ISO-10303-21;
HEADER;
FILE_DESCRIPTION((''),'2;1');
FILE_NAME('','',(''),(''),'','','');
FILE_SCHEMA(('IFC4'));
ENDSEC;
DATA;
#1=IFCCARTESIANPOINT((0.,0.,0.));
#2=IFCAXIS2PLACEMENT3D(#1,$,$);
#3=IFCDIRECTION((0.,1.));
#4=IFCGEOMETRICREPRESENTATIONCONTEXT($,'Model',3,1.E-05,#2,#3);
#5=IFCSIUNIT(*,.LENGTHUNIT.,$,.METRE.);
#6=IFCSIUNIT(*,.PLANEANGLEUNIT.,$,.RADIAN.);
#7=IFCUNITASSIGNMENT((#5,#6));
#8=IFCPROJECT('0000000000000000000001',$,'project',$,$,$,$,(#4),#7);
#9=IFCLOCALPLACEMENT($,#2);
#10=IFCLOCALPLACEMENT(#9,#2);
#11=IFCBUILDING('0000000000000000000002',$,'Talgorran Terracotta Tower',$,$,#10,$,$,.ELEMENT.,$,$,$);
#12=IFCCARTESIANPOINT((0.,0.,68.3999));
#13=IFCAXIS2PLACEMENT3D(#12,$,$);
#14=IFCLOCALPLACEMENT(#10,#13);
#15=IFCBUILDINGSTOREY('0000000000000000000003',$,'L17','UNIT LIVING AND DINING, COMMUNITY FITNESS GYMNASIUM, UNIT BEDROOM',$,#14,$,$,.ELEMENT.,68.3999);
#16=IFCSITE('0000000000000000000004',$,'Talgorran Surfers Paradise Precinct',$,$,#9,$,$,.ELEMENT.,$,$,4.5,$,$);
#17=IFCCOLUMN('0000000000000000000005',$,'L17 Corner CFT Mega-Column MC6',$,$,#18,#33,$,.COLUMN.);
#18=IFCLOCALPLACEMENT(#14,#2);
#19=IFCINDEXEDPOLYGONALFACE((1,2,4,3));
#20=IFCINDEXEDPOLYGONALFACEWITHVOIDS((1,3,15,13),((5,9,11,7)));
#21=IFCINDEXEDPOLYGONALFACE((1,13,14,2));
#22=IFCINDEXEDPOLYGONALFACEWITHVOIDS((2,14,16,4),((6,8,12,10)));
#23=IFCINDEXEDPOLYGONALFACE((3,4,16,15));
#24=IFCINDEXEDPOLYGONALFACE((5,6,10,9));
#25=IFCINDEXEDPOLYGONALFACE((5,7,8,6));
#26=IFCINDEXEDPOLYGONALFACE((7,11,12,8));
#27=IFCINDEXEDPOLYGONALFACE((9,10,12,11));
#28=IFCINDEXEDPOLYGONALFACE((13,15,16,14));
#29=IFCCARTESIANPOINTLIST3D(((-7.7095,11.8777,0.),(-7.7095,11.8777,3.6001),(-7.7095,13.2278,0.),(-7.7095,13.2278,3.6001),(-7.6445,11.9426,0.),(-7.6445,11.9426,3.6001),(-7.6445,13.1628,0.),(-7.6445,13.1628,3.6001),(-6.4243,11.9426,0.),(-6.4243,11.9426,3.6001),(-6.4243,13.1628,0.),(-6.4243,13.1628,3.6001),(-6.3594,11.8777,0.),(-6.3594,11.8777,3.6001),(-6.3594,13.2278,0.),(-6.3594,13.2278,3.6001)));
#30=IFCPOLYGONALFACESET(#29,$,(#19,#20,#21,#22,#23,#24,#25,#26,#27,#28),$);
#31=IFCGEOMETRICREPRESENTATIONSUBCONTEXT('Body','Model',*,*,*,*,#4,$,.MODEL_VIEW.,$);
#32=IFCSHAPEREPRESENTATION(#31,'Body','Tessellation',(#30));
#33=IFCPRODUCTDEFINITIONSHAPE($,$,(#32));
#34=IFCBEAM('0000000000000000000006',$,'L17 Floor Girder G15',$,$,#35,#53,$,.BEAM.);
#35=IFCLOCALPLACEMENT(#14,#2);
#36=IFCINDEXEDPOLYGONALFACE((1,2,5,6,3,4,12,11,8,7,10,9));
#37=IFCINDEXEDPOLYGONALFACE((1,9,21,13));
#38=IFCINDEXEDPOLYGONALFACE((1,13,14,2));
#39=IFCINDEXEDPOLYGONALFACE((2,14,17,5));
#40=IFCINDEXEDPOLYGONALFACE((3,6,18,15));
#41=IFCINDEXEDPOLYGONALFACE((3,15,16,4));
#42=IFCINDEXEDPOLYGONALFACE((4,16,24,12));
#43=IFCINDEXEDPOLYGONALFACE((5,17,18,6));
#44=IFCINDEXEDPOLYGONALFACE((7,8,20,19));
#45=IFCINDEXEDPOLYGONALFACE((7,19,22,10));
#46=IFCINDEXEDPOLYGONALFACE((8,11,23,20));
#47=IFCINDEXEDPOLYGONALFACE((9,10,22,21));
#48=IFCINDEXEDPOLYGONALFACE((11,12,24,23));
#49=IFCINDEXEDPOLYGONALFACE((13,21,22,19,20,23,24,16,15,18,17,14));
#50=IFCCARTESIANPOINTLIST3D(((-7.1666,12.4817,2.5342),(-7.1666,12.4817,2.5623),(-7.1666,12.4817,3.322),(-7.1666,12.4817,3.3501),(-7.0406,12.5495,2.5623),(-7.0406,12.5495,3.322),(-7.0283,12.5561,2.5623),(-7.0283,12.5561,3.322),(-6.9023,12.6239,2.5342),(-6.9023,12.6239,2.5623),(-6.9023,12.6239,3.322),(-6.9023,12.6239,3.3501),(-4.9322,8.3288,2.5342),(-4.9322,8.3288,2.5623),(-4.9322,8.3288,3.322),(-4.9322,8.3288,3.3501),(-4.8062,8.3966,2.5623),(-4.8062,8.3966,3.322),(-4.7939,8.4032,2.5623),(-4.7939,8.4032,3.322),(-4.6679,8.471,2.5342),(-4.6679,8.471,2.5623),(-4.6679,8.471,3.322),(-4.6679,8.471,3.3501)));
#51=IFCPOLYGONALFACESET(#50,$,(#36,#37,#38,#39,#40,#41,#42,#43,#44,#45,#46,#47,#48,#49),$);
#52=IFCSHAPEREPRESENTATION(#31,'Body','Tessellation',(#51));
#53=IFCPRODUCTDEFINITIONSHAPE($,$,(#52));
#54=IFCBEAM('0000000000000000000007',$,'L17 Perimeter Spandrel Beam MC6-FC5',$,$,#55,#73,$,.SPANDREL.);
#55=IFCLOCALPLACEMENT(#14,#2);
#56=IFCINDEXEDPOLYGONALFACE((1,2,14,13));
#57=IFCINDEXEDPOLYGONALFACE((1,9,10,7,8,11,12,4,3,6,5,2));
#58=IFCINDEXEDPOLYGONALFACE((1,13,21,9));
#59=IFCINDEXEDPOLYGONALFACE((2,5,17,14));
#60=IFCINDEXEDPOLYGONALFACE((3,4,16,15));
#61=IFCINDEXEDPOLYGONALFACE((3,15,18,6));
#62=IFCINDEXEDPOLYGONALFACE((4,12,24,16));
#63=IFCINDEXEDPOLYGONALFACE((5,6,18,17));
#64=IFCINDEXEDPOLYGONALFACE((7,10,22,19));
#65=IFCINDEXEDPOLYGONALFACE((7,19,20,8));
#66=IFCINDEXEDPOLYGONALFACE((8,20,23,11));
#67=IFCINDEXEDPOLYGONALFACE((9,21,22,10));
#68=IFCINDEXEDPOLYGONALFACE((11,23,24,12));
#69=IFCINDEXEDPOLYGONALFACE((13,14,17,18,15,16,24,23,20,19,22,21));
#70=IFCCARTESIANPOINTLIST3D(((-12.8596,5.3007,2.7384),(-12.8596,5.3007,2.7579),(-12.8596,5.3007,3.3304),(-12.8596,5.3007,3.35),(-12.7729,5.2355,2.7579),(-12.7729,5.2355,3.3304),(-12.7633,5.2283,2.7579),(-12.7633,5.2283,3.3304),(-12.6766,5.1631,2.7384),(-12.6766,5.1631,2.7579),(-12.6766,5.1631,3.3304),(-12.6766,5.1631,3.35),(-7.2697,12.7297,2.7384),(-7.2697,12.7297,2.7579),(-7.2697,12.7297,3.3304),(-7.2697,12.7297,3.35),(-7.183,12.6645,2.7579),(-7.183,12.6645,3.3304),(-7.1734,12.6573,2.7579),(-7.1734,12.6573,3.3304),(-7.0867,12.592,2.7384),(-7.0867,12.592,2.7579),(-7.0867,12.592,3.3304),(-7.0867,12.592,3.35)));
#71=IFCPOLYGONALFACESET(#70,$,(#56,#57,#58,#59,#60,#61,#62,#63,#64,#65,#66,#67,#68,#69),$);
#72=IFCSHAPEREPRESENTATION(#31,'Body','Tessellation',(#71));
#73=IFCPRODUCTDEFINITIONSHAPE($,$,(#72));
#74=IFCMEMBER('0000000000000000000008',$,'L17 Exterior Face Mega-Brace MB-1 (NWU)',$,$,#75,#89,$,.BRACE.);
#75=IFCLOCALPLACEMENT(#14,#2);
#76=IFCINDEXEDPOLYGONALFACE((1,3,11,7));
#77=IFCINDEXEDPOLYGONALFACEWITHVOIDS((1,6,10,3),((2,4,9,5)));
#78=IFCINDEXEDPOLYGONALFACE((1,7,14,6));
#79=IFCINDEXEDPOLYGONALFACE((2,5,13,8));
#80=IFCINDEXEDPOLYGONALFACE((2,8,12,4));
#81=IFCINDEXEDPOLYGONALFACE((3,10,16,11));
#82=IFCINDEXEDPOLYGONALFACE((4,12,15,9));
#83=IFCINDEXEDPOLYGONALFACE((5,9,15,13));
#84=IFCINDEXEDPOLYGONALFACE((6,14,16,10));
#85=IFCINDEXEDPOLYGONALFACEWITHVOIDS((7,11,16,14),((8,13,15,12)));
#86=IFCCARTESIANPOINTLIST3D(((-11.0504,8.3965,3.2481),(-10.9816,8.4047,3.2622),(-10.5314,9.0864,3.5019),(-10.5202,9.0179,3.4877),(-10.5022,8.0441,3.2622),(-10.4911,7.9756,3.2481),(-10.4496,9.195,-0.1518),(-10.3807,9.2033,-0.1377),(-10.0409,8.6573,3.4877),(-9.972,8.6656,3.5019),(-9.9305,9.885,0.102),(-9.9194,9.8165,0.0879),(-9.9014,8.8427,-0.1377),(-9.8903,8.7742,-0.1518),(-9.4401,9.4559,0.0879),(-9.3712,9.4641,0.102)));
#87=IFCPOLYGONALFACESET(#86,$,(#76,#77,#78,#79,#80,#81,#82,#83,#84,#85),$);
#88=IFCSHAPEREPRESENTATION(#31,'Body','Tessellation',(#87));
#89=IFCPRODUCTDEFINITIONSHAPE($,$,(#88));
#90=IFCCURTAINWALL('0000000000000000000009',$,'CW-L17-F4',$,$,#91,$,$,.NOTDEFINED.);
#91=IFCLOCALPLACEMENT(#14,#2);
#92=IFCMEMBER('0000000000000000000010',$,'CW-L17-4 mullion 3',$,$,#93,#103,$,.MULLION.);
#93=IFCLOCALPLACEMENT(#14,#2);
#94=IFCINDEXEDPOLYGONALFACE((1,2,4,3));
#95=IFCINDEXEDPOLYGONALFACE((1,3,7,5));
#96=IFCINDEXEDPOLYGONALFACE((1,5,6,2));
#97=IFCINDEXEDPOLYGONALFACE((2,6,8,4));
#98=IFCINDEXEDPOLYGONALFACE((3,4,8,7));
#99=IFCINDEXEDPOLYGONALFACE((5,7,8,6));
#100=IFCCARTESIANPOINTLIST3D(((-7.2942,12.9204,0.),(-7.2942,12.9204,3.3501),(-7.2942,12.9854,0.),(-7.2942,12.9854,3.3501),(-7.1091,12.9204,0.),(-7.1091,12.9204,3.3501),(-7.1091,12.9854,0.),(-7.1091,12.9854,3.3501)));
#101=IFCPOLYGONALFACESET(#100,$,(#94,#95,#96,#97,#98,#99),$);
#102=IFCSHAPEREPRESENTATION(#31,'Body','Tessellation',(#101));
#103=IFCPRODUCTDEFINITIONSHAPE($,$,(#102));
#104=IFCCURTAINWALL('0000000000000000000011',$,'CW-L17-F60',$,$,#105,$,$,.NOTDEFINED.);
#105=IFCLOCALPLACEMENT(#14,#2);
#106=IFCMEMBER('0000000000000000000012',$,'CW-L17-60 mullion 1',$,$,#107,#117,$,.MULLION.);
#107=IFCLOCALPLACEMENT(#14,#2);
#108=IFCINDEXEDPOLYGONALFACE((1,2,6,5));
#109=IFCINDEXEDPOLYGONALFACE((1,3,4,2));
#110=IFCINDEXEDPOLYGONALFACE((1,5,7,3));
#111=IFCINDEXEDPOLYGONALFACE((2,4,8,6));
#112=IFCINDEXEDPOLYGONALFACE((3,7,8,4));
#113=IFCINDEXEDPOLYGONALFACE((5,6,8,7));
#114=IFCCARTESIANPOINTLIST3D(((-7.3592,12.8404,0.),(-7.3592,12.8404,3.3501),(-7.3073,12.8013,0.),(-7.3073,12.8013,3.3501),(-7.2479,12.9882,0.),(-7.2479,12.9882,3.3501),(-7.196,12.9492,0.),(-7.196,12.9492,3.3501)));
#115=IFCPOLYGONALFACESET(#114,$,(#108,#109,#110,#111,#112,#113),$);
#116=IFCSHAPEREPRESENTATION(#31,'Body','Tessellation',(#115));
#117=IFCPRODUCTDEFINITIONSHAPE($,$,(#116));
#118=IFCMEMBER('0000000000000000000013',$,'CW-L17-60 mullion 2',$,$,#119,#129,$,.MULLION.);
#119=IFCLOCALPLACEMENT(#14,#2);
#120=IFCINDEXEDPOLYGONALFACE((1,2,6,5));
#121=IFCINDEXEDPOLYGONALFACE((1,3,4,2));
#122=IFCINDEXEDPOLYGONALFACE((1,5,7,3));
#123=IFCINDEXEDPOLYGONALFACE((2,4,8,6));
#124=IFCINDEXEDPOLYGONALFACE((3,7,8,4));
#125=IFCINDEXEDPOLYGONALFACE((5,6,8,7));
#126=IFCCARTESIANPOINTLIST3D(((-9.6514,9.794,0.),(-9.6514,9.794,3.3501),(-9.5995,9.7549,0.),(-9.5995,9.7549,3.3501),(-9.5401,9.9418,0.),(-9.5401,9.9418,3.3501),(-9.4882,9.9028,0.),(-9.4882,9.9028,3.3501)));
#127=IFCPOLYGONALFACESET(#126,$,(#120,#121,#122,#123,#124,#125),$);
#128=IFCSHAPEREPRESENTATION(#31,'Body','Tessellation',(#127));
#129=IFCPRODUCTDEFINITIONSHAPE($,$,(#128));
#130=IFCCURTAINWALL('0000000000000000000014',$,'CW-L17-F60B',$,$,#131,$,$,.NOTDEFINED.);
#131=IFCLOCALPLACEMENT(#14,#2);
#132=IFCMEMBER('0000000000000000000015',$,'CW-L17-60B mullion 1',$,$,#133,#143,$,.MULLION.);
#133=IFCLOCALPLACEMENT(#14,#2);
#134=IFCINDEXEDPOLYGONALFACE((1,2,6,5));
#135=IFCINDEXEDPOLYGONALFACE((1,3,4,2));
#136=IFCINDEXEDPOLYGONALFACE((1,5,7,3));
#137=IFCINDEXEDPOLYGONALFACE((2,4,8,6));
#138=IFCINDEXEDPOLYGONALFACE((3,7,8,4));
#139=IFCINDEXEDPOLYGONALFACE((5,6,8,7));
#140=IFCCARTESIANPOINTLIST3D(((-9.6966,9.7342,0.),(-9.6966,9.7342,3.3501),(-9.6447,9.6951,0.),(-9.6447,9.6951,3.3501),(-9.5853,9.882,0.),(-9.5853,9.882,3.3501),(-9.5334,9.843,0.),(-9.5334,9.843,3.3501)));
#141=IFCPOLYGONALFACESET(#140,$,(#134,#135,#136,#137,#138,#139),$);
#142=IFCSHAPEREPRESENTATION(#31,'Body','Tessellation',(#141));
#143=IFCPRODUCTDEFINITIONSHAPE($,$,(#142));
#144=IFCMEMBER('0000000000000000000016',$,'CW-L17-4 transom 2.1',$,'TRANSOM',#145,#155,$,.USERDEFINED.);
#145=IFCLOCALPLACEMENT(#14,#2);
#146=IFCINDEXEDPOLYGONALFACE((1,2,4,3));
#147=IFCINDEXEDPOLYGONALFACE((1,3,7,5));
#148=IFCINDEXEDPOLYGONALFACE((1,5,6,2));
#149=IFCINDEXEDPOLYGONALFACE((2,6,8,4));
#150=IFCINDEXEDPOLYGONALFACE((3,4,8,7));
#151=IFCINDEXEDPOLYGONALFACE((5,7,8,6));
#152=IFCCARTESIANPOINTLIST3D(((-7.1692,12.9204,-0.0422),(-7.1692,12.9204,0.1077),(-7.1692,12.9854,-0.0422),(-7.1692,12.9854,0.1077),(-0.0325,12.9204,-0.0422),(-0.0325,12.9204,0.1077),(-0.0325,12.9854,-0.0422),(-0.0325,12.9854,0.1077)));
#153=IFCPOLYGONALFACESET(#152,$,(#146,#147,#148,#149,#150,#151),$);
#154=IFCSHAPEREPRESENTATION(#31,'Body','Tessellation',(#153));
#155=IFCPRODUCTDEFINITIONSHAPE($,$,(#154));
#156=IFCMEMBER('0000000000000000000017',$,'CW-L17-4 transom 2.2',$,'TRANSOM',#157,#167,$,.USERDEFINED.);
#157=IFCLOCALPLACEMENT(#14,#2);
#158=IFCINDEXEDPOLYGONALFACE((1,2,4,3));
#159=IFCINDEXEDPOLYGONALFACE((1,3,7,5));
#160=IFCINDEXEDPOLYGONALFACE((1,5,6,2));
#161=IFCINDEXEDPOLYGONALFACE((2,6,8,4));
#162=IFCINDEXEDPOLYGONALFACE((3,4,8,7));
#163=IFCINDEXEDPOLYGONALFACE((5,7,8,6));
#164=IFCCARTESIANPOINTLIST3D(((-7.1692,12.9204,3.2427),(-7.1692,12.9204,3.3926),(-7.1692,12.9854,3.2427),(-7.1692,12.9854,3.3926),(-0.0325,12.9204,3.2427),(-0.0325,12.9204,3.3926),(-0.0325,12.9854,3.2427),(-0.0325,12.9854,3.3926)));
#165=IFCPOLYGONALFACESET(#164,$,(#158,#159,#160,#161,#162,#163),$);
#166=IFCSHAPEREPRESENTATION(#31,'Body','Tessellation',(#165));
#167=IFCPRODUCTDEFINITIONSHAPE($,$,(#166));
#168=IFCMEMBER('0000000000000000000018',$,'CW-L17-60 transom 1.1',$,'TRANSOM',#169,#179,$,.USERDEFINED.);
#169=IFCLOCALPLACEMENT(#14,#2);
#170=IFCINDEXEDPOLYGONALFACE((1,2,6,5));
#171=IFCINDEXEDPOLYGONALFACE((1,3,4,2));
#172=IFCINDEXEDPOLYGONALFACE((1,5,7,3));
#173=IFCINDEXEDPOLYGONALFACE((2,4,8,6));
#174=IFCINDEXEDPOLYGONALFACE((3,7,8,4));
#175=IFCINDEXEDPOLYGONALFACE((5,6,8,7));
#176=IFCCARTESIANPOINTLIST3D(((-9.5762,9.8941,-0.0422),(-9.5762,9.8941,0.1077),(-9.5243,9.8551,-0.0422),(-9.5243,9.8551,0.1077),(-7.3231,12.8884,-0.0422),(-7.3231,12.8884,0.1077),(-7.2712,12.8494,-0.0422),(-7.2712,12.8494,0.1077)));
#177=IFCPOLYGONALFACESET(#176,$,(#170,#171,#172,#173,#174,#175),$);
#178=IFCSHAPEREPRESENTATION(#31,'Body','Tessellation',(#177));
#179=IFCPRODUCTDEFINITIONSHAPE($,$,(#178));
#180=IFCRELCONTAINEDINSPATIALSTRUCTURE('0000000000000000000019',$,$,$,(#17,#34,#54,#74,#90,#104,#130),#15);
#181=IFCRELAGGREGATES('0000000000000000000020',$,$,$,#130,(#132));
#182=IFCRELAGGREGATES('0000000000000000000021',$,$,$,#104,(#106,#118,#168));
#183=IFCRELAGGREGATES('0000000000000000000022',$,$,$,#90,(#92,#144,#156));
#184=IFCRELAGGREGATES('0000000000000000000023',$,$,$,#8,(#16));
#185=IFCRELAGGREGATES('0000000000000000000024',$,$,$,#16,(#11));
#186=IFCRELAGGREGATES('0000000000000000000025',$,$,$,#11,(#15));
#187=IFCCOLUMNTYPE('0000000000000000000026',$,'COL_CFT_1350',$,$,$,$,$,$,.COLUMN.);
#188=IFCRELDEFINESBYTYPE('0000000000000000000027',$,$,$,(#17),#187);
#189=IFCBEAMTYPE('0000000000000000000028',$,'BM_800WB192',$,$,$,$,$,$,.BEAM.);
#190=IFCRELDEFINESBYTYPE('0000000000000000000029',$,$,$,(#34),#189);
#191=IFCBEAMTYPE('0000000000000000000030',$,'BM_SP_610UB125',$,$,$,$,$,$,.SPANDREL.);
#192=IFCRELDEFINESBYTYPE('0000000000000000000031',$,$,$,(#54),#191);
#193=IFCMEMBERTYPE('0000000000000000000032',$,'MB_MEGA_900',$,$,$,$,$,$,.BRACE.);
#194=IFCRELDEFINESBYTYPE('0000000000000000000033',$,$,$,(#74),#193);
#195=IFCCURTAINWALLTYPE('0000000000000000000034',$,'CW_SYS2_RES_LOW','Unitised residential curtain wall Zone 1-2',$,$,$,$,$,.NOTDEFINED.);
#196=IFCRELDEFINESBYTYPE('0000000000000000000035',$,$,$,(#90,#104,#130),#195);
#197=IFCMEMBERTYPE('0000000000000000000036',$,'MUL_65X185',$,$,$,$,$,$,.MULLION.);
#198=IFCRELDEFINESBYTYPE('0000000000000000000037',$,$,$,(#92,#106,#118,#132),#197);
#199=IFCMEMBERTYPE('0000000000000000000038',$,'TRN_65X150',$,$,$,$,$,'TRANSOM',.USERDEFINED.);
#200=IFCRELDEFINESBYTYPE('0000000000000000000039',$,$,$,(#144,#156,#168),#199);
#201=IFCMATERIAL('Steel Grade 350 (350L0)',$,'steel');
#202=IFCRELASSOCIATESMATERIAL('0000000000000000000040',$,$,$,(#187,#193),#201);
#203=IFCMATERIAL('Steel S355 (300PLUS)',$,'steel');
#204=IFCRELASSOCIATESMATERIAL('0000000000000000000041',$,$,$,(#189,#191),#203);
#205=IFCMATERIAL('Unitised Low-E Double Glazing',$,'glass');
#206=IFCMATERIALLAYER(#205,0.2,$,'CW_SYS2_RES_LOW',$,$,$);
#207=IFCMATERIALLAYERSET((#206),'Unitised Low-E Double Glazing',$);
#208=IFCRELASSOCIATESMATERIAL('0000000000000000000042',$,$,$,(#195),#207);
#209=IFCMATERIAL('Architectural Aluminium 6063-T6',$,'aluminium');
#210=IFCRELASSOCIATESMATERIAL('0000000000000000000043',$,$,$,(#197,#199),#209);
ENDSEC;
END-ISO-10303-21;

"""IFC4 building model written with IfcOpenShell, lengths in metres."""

from ifc_helpers import new_model, si_unit, direction, frame, origin, origin_2d, place, context, subcontext, project, spatial, rectangle, hollow_rectangle, i_section, extrude, material, layer, layer_set, material_profile, profile_set, type_object, element, aggregate, save


model = new_model("IFC4")

# Units and contexts
model_context = context("Model", 3, precision=1e-05, world=origin(), true_north=direction((0.0, 1.0)))
body_context = subcontext(model_context, "Body", "Model", "MODEL_VIEW")
ifc_project = project(units=[si_unit("LENGTHUNIT", "METRE"), si_unit("PLANEANGLEUNIT", "RADIAN")], contexts=[model_context])

# Site, building, storey
site_placement = place(None, origin())
site = spatial("IfcSite", under=ifc_project, at=site_placement, Name="Talgorran Surfers Paradise Precinct", CompositionType="ELEMENT", RefElevation=4.5)
building_placement = place(site_placement, origin())
building = spatial("IfcBuilding", under=site, at=building_placement, Name="Talgorran Terracotta Tower", CompositionType="ELEMENT")
storey_placement = place(building_placement, frame((0.0, 0.0, 68.3999)))
storey = spatial("IfcBuildingStorey", under=building, at=storey_placement, Name="L17", Description="UNIT LIVING AND DINING, COMMUNITY FITNESS GYMNASIUM, UNIT BEDROOM", CompositionType="ELEMENT", Elevation=68.3999)

# Column
ifc_material_1 = material(Name="Steel Grade 350 (350L0)", Category="steel")
ifc_material_profile_1 = material_profile(ifc_material_1, hollow_rectangle(XDim=1.3501, YDim=1.3501, WallThickness=0.0649, at=origin_2d()), Name="CFT1350X1350X65")
ifc_profile_set_1 = profile_set([ifc_material_profile_1], Name="Steel Grade 350 (350L0)")
column_type = type_object("IfcColumnType", Name="COL_CFT_1350", PredefinedType="COLUMN", material=ifc_profile_set_1)
column_placement = place(storey_placement, frame((-7.0344, 12.5527, 0.0), z_axis=(0.0, 0.0, 1.0), x_axis=(1.0, 0.0, 0.0)))
element("IfcColumn", 1, at=column_placement, inside=storey, type_object=column_type, Name="L17 Corner CFT Mega-Column MC6", PredefinedType="COLUMN", context=body_context, shape_type="SweptSolid", body=[
    extrude(hollow_rectangle(XDim=1.3501, YDim=1.3501, WallThickness=0.0649, at=origin_2d()), origin(), (0.0, 0.0, 1.0), 3.6001),
])

# Beams
ifc_material_2 = material(Name="Steel S355 (300PLUS)", Category="steel")
ifc_material_profile_2 = material_profile(ifc_material_2, i_section(OverallWidth=0.3, OverallDepth=0.8159, WebThickness=0.0139, FlangeThickness=0.0281, at=origin_2d()), Name="800WB192")
ifc_profile_set_2 = profile_set([ifc_material_profile_2], Name="Steel S355 (300PLUS)")
beam_type_1 = type_object("IfcBeamType", Name="BM_800WB192", PredefinedType="BEAM", material=ifc_profile_set_2)
beam_1_placement = place(storey_placement, frame((-4.8, 8.3999, 2.9421), z_axis=(-0.47381, 0.880627, 0.0), x_axis=(-0.880627, -0.47381, 0.0)))
element("IfcBeam", 2, at=beam_1_placement, inside=storey, type_object=beam_type_1, Name="L17 Floor Girder G15", PredefinedType="BEAM", context=body_context, shape_type="SweptSolid", body=[
    extrude(i_section(OverallWidth=0.3, OverallDepth=0.8159, WebThickness=0.0139, FlangeThickness=0.0281, at=origin_2d()), origin(), (0.0, 0.0, 1.0), 4.7158),
])
ifc_material_profile_3 = material_profile(ifc_material_2, i_section(OverallWidth=0.229, OverallDepth=0.6116, WebThickness=0.012, FlangeThickness=0.0195, at=origin_2d()), Name="610UB125")
ifc_profile_set_3 = profile_set([ifc_material_profile_3], Name="Steel S355 (300PLUS)")
beam_type_2 = type_object("IfcBeamType", Name="BM_SP_610UB125", PredefinedType="SPANDREL", material=ifc_profile_set_3)
beam_2_placement = place(storey_placement, frame((-7.1782, 12.6609, 3.0442), z_axis=(-0.601247, -0.799063, 0.0), x_axis=(0.799063, -0.601247, 0.0)))
element("IfcBeam", 3, at=beam_2_placement, inside=storey, type_object=beam_type_2, Name="L17 Perimeter Spandrel Beam MC6-FC5", PredefinedType="SPANDREL", context=body_context, shape_type="SweptSolid", body=[
    extrude(i_section(OverallWidth=0.229, OverallDepth=0.6116, WebThickness=0.012, FlangeThickness=0.0195, at=origin_2d()), origin(), (0.0, 0.0, 1.0), 9.2971),
])

# Member
ifc_material_profile_4 = material_profile(ifc_material_1, hollow_rectangle(XDim=0.7, YDim=0.8999, WallThickness=0.05, at=origin_2d()), Name="WBOX900X700X50")
ifc_profile_set_4 = profile_set([ifc_material_profile_4], Name="Steel Grade 350 (350L0)")
member_type_1 = type_object("IfcMemberType", Name="MB_MEGA_900", PredefinedType="BRACE", material=ifc_profile_set_4)
member_1_placement = place(storey_placement, frame((-9.9104, 9.3296, -0.0249), z_axis=(-0.169547, -0.225351, 0.959412), x_axis=(0.79909, -0.601211, 0.0)))
element("IfcMember", 4, at=member_1_placement, inside=storey, type_object=member_type_1, Name="L17 Exterior Face Mega-Brace MB-1 (NWU)", PredefinedType="BRACE", context=body_context, shape_type="SweptSolid", body=[
    extrude(hollow_rectangle(XDim=0.7, YDim=0.8999, WallThickness=0.05, at=origin_2d()), origin(), (0.0, 0.0, 1.0), 3.5437),
])

# Curtain wall, member
ifc_material_3 = material(Name="Unitised Low-E Double Glazing", Category="glass")
ifc_layer_1 = layer(ifc_material_3, 0.2, Name="CW_SYS2_RES_LOW")
ifc_layer_set_1 = layer_set([ifc_layer_1], Name="Unitised Low-E Double Glazing")
curtain_wall_type = type_object("IfcCurtainWallType", Name="CW_SYS2_RES_LOW", Description="Unitised residential curtain wall Zone 1-2", PredefinedType="NOTDEFINED", material=ifc_layer_set_1)
curtain_wall_1_placement = place(storey_placement, origin())
curtain_wall_1 = element("IfcCurtainWall", 5, at=curtain_wall_1_placement, inside=storey, type_object=curtain_wall_type, Name="CW-L17-F4", PredefinedType="NOTDEFINED")
ifc_material_4 = material(Name="Architectural Aluminium 6063-T6", Category="aluminium")
ifc_material_profile_5 = material_profile(ifc_material_4, rectangle(XDim=0.0649, YDim=0.1851, at=origin_2d()), Name="CWM65X185")
ifc_profile_set_5 = profile_set([ifc_material_profile_5], Name="Architectural Aluminium 6063-T6")
member_type_2 = type_object("IfcMemberType", Name="MUL_65X185", PredefinedType="MULLION", material=ifc_profile_set_5)
member_2_placement = place(storey_placement, frame((-7.2017, 12.9529, 0.0), z_axis=(0.0, 0.0, 1.0), x_axis=(0.0, -1.0, 0.0)))
member_2 = element("IfcMember", 6, at=member_2_placement, type_object=member_type_2, Name="CW-L17-4 mullion 3", PredefinedType="MULLION", context=body_context, shape_type="SweptSolid", body=[
    extrude(rectangle(XDim=0.0649, YDim=0.1851, at=origin_2d()), origin(), (0.0, 0.0, 1.0), 3.3501),
])

# Curtain wall, members
curtain_wall_2_placement = place(storey_placement, origin())
curtain_wall_2 = element("IfcCurtainWall", 7, at=curtain_wall_2_placement, inside=storey, type_object=curtain_wall_type, Name="CW-L17-F60", PredefinedType="NOTDEFINED")
member_3_placement = place(storey_placement, frame((-7.2776, 12.8948, 0.0), z_axis=(0.0, 0.0, 1.0), x_axis=(0.799061, -0.60125, 0.0)))
member_3 = element("IfcMember", 8, at=member_3_placement, type_object=member_type_2, Name="CW-L17-60 mullion 1", PredefinedType="MULLION", context=body_context, shape_type="SweptSolid", body=[
    extrude(rectangle(XDim=0.0649, YDim=0.1851, at=origin_2d()), origin(), (0.0, 0.0, 1.0), 3.3501),
])
member_4_placement = place(storey_placement, frame((-9.5698, 9.8484, 0.0), z_axis=(0.0, 0.0, 1.0), x_axis=(0.799061, -0.60125, 0.0)))
member_4 = element("IfcMember", 9, at=member_4_placement, type_object=member_type_2, Name="CW-L17-60 mullion 2", PredefinedType="MULLION", context=body_context, shape_type="SweptSolid", body=[
    extrude(rectangle(XDim=0.0649, YDim=0.1851, at=origin_2d()), origin(), (0.0, 0.0, 1.0), 3.3501),
])

# Curtain wall, member
curtain_wall_3_placement = place(storey_placement, origin())
curtain_wall_3 = element("IfcCurtainWall", 10, at=curtain_wall_3_placement, inside=storey, type_object=curtain_wall_type, Name="CW-L17-F60B", PredefinedType="NOTDEFINED")
member_5_placement = place(storey_placement, frame((-9.615, 9.7886, 0.0), z_axis=(0.0, 0.0, 1.0), x_axis=(0.799063, -0.601248, 0.0)))
member_5 = element("IfcMember", 11, at=member_5_placement, type_object=member_type_2, Name="CW-L17-60B mullion 1", PredefinedType="MULLION", context=body_context, shape_type="SweptSolid", body=[
    extrude(rectangle(XDim=0.0649, YDim=0.1851, at=origin_2d()), origin(), (0.0, 0.0, 1.0), 3.3501),
])

# Members
ifc_material_profile_6 = material_profile(ifc_material_4, rectangle(XDim=0.0649, YDim=0.1499, at=origin_2d()), Name="CWT65X150")
ifc_profile_set_6 = profile_set([ifc_material_profile_6], Name="Architectural Aluminium 6063-T6")
member_type_3 = type_object("IfcMemberType", Name="TRN_65X150", ElementType="TRANSOM", PredefinedType="USERDEFINED", material=ifc_profile_set_6)
member_6_placement = place(storey_placement, frame((-0.0325, 12.9529, 0.0327), z_axis=(-1.0, 0.0, 0.0), x_axis=(0.0, -1.0, 0.0)))
member_6 = element("IfcMember", 12, at=member_6_placement, type_object=member_type_3, Name="CW-L17-4 transom 2.1", ObjectType="TRANSOM", PredefinedType="USERDEFINED", context=body_context, shape_type="SweptSolid", body=[
    extrude(rectangle(XDim=0.0649, YDim=0.1499, at=origin_2d()), origin(), (0.0, 0.0, 1.0), 7.1367),
])
member_7_placement = place(storey_placement, frame((-0.0325, 12.9529, 3.3176), z_axis=(-1.0, 0.0, 0.0), x_axis=(0.0, -1.0, 0.0)))
member_7 = element("IfcMember", 13, at=member_7_placement, type_object=member_type_3, Name="CW-L17-4 transom 2.2", ObjectType="TRANSOM", PredefinedType="USERDEFINED", context=body_context, shape_type="SweptSolid", body=[
    extrude(rectangle(XDim=0.0649, YDim=0.1499, at=origin_2d()), origin(), (0.0, 0.0, 1.0), 7.1367),
])
member_8_placement = place(storey_placement, frame((-7.2971, 12.8689, 0.0327), z_axis=(-0.601261, -0.799053, 0.0), x_axis=(0.799053, -0.601261, 0.0)))
member_8 = element("IfcMember", 14, at=member_8_placement, type_object=member_type_3, Name="CW-L17-60 transom 1.1", ObjectType="TRANSOM", PredefinedType="USERDEFINED", context=body_context, shape_type="SweptSolid", body=[
    extrude(rectangle(XDim=0.0649, YDim=0.1499, at=origin_2d()), origin(), (0.0, 0.0, 1.0), 3.7473),
])

aggregate(curtain_wall_3, [member_5])
aggregate(curtain_wall_2, [member_3, member_4, member_8])
aggregate(curtain_wall_1, [member_2, member_6, member_7])

save(model, "model.ifc")
